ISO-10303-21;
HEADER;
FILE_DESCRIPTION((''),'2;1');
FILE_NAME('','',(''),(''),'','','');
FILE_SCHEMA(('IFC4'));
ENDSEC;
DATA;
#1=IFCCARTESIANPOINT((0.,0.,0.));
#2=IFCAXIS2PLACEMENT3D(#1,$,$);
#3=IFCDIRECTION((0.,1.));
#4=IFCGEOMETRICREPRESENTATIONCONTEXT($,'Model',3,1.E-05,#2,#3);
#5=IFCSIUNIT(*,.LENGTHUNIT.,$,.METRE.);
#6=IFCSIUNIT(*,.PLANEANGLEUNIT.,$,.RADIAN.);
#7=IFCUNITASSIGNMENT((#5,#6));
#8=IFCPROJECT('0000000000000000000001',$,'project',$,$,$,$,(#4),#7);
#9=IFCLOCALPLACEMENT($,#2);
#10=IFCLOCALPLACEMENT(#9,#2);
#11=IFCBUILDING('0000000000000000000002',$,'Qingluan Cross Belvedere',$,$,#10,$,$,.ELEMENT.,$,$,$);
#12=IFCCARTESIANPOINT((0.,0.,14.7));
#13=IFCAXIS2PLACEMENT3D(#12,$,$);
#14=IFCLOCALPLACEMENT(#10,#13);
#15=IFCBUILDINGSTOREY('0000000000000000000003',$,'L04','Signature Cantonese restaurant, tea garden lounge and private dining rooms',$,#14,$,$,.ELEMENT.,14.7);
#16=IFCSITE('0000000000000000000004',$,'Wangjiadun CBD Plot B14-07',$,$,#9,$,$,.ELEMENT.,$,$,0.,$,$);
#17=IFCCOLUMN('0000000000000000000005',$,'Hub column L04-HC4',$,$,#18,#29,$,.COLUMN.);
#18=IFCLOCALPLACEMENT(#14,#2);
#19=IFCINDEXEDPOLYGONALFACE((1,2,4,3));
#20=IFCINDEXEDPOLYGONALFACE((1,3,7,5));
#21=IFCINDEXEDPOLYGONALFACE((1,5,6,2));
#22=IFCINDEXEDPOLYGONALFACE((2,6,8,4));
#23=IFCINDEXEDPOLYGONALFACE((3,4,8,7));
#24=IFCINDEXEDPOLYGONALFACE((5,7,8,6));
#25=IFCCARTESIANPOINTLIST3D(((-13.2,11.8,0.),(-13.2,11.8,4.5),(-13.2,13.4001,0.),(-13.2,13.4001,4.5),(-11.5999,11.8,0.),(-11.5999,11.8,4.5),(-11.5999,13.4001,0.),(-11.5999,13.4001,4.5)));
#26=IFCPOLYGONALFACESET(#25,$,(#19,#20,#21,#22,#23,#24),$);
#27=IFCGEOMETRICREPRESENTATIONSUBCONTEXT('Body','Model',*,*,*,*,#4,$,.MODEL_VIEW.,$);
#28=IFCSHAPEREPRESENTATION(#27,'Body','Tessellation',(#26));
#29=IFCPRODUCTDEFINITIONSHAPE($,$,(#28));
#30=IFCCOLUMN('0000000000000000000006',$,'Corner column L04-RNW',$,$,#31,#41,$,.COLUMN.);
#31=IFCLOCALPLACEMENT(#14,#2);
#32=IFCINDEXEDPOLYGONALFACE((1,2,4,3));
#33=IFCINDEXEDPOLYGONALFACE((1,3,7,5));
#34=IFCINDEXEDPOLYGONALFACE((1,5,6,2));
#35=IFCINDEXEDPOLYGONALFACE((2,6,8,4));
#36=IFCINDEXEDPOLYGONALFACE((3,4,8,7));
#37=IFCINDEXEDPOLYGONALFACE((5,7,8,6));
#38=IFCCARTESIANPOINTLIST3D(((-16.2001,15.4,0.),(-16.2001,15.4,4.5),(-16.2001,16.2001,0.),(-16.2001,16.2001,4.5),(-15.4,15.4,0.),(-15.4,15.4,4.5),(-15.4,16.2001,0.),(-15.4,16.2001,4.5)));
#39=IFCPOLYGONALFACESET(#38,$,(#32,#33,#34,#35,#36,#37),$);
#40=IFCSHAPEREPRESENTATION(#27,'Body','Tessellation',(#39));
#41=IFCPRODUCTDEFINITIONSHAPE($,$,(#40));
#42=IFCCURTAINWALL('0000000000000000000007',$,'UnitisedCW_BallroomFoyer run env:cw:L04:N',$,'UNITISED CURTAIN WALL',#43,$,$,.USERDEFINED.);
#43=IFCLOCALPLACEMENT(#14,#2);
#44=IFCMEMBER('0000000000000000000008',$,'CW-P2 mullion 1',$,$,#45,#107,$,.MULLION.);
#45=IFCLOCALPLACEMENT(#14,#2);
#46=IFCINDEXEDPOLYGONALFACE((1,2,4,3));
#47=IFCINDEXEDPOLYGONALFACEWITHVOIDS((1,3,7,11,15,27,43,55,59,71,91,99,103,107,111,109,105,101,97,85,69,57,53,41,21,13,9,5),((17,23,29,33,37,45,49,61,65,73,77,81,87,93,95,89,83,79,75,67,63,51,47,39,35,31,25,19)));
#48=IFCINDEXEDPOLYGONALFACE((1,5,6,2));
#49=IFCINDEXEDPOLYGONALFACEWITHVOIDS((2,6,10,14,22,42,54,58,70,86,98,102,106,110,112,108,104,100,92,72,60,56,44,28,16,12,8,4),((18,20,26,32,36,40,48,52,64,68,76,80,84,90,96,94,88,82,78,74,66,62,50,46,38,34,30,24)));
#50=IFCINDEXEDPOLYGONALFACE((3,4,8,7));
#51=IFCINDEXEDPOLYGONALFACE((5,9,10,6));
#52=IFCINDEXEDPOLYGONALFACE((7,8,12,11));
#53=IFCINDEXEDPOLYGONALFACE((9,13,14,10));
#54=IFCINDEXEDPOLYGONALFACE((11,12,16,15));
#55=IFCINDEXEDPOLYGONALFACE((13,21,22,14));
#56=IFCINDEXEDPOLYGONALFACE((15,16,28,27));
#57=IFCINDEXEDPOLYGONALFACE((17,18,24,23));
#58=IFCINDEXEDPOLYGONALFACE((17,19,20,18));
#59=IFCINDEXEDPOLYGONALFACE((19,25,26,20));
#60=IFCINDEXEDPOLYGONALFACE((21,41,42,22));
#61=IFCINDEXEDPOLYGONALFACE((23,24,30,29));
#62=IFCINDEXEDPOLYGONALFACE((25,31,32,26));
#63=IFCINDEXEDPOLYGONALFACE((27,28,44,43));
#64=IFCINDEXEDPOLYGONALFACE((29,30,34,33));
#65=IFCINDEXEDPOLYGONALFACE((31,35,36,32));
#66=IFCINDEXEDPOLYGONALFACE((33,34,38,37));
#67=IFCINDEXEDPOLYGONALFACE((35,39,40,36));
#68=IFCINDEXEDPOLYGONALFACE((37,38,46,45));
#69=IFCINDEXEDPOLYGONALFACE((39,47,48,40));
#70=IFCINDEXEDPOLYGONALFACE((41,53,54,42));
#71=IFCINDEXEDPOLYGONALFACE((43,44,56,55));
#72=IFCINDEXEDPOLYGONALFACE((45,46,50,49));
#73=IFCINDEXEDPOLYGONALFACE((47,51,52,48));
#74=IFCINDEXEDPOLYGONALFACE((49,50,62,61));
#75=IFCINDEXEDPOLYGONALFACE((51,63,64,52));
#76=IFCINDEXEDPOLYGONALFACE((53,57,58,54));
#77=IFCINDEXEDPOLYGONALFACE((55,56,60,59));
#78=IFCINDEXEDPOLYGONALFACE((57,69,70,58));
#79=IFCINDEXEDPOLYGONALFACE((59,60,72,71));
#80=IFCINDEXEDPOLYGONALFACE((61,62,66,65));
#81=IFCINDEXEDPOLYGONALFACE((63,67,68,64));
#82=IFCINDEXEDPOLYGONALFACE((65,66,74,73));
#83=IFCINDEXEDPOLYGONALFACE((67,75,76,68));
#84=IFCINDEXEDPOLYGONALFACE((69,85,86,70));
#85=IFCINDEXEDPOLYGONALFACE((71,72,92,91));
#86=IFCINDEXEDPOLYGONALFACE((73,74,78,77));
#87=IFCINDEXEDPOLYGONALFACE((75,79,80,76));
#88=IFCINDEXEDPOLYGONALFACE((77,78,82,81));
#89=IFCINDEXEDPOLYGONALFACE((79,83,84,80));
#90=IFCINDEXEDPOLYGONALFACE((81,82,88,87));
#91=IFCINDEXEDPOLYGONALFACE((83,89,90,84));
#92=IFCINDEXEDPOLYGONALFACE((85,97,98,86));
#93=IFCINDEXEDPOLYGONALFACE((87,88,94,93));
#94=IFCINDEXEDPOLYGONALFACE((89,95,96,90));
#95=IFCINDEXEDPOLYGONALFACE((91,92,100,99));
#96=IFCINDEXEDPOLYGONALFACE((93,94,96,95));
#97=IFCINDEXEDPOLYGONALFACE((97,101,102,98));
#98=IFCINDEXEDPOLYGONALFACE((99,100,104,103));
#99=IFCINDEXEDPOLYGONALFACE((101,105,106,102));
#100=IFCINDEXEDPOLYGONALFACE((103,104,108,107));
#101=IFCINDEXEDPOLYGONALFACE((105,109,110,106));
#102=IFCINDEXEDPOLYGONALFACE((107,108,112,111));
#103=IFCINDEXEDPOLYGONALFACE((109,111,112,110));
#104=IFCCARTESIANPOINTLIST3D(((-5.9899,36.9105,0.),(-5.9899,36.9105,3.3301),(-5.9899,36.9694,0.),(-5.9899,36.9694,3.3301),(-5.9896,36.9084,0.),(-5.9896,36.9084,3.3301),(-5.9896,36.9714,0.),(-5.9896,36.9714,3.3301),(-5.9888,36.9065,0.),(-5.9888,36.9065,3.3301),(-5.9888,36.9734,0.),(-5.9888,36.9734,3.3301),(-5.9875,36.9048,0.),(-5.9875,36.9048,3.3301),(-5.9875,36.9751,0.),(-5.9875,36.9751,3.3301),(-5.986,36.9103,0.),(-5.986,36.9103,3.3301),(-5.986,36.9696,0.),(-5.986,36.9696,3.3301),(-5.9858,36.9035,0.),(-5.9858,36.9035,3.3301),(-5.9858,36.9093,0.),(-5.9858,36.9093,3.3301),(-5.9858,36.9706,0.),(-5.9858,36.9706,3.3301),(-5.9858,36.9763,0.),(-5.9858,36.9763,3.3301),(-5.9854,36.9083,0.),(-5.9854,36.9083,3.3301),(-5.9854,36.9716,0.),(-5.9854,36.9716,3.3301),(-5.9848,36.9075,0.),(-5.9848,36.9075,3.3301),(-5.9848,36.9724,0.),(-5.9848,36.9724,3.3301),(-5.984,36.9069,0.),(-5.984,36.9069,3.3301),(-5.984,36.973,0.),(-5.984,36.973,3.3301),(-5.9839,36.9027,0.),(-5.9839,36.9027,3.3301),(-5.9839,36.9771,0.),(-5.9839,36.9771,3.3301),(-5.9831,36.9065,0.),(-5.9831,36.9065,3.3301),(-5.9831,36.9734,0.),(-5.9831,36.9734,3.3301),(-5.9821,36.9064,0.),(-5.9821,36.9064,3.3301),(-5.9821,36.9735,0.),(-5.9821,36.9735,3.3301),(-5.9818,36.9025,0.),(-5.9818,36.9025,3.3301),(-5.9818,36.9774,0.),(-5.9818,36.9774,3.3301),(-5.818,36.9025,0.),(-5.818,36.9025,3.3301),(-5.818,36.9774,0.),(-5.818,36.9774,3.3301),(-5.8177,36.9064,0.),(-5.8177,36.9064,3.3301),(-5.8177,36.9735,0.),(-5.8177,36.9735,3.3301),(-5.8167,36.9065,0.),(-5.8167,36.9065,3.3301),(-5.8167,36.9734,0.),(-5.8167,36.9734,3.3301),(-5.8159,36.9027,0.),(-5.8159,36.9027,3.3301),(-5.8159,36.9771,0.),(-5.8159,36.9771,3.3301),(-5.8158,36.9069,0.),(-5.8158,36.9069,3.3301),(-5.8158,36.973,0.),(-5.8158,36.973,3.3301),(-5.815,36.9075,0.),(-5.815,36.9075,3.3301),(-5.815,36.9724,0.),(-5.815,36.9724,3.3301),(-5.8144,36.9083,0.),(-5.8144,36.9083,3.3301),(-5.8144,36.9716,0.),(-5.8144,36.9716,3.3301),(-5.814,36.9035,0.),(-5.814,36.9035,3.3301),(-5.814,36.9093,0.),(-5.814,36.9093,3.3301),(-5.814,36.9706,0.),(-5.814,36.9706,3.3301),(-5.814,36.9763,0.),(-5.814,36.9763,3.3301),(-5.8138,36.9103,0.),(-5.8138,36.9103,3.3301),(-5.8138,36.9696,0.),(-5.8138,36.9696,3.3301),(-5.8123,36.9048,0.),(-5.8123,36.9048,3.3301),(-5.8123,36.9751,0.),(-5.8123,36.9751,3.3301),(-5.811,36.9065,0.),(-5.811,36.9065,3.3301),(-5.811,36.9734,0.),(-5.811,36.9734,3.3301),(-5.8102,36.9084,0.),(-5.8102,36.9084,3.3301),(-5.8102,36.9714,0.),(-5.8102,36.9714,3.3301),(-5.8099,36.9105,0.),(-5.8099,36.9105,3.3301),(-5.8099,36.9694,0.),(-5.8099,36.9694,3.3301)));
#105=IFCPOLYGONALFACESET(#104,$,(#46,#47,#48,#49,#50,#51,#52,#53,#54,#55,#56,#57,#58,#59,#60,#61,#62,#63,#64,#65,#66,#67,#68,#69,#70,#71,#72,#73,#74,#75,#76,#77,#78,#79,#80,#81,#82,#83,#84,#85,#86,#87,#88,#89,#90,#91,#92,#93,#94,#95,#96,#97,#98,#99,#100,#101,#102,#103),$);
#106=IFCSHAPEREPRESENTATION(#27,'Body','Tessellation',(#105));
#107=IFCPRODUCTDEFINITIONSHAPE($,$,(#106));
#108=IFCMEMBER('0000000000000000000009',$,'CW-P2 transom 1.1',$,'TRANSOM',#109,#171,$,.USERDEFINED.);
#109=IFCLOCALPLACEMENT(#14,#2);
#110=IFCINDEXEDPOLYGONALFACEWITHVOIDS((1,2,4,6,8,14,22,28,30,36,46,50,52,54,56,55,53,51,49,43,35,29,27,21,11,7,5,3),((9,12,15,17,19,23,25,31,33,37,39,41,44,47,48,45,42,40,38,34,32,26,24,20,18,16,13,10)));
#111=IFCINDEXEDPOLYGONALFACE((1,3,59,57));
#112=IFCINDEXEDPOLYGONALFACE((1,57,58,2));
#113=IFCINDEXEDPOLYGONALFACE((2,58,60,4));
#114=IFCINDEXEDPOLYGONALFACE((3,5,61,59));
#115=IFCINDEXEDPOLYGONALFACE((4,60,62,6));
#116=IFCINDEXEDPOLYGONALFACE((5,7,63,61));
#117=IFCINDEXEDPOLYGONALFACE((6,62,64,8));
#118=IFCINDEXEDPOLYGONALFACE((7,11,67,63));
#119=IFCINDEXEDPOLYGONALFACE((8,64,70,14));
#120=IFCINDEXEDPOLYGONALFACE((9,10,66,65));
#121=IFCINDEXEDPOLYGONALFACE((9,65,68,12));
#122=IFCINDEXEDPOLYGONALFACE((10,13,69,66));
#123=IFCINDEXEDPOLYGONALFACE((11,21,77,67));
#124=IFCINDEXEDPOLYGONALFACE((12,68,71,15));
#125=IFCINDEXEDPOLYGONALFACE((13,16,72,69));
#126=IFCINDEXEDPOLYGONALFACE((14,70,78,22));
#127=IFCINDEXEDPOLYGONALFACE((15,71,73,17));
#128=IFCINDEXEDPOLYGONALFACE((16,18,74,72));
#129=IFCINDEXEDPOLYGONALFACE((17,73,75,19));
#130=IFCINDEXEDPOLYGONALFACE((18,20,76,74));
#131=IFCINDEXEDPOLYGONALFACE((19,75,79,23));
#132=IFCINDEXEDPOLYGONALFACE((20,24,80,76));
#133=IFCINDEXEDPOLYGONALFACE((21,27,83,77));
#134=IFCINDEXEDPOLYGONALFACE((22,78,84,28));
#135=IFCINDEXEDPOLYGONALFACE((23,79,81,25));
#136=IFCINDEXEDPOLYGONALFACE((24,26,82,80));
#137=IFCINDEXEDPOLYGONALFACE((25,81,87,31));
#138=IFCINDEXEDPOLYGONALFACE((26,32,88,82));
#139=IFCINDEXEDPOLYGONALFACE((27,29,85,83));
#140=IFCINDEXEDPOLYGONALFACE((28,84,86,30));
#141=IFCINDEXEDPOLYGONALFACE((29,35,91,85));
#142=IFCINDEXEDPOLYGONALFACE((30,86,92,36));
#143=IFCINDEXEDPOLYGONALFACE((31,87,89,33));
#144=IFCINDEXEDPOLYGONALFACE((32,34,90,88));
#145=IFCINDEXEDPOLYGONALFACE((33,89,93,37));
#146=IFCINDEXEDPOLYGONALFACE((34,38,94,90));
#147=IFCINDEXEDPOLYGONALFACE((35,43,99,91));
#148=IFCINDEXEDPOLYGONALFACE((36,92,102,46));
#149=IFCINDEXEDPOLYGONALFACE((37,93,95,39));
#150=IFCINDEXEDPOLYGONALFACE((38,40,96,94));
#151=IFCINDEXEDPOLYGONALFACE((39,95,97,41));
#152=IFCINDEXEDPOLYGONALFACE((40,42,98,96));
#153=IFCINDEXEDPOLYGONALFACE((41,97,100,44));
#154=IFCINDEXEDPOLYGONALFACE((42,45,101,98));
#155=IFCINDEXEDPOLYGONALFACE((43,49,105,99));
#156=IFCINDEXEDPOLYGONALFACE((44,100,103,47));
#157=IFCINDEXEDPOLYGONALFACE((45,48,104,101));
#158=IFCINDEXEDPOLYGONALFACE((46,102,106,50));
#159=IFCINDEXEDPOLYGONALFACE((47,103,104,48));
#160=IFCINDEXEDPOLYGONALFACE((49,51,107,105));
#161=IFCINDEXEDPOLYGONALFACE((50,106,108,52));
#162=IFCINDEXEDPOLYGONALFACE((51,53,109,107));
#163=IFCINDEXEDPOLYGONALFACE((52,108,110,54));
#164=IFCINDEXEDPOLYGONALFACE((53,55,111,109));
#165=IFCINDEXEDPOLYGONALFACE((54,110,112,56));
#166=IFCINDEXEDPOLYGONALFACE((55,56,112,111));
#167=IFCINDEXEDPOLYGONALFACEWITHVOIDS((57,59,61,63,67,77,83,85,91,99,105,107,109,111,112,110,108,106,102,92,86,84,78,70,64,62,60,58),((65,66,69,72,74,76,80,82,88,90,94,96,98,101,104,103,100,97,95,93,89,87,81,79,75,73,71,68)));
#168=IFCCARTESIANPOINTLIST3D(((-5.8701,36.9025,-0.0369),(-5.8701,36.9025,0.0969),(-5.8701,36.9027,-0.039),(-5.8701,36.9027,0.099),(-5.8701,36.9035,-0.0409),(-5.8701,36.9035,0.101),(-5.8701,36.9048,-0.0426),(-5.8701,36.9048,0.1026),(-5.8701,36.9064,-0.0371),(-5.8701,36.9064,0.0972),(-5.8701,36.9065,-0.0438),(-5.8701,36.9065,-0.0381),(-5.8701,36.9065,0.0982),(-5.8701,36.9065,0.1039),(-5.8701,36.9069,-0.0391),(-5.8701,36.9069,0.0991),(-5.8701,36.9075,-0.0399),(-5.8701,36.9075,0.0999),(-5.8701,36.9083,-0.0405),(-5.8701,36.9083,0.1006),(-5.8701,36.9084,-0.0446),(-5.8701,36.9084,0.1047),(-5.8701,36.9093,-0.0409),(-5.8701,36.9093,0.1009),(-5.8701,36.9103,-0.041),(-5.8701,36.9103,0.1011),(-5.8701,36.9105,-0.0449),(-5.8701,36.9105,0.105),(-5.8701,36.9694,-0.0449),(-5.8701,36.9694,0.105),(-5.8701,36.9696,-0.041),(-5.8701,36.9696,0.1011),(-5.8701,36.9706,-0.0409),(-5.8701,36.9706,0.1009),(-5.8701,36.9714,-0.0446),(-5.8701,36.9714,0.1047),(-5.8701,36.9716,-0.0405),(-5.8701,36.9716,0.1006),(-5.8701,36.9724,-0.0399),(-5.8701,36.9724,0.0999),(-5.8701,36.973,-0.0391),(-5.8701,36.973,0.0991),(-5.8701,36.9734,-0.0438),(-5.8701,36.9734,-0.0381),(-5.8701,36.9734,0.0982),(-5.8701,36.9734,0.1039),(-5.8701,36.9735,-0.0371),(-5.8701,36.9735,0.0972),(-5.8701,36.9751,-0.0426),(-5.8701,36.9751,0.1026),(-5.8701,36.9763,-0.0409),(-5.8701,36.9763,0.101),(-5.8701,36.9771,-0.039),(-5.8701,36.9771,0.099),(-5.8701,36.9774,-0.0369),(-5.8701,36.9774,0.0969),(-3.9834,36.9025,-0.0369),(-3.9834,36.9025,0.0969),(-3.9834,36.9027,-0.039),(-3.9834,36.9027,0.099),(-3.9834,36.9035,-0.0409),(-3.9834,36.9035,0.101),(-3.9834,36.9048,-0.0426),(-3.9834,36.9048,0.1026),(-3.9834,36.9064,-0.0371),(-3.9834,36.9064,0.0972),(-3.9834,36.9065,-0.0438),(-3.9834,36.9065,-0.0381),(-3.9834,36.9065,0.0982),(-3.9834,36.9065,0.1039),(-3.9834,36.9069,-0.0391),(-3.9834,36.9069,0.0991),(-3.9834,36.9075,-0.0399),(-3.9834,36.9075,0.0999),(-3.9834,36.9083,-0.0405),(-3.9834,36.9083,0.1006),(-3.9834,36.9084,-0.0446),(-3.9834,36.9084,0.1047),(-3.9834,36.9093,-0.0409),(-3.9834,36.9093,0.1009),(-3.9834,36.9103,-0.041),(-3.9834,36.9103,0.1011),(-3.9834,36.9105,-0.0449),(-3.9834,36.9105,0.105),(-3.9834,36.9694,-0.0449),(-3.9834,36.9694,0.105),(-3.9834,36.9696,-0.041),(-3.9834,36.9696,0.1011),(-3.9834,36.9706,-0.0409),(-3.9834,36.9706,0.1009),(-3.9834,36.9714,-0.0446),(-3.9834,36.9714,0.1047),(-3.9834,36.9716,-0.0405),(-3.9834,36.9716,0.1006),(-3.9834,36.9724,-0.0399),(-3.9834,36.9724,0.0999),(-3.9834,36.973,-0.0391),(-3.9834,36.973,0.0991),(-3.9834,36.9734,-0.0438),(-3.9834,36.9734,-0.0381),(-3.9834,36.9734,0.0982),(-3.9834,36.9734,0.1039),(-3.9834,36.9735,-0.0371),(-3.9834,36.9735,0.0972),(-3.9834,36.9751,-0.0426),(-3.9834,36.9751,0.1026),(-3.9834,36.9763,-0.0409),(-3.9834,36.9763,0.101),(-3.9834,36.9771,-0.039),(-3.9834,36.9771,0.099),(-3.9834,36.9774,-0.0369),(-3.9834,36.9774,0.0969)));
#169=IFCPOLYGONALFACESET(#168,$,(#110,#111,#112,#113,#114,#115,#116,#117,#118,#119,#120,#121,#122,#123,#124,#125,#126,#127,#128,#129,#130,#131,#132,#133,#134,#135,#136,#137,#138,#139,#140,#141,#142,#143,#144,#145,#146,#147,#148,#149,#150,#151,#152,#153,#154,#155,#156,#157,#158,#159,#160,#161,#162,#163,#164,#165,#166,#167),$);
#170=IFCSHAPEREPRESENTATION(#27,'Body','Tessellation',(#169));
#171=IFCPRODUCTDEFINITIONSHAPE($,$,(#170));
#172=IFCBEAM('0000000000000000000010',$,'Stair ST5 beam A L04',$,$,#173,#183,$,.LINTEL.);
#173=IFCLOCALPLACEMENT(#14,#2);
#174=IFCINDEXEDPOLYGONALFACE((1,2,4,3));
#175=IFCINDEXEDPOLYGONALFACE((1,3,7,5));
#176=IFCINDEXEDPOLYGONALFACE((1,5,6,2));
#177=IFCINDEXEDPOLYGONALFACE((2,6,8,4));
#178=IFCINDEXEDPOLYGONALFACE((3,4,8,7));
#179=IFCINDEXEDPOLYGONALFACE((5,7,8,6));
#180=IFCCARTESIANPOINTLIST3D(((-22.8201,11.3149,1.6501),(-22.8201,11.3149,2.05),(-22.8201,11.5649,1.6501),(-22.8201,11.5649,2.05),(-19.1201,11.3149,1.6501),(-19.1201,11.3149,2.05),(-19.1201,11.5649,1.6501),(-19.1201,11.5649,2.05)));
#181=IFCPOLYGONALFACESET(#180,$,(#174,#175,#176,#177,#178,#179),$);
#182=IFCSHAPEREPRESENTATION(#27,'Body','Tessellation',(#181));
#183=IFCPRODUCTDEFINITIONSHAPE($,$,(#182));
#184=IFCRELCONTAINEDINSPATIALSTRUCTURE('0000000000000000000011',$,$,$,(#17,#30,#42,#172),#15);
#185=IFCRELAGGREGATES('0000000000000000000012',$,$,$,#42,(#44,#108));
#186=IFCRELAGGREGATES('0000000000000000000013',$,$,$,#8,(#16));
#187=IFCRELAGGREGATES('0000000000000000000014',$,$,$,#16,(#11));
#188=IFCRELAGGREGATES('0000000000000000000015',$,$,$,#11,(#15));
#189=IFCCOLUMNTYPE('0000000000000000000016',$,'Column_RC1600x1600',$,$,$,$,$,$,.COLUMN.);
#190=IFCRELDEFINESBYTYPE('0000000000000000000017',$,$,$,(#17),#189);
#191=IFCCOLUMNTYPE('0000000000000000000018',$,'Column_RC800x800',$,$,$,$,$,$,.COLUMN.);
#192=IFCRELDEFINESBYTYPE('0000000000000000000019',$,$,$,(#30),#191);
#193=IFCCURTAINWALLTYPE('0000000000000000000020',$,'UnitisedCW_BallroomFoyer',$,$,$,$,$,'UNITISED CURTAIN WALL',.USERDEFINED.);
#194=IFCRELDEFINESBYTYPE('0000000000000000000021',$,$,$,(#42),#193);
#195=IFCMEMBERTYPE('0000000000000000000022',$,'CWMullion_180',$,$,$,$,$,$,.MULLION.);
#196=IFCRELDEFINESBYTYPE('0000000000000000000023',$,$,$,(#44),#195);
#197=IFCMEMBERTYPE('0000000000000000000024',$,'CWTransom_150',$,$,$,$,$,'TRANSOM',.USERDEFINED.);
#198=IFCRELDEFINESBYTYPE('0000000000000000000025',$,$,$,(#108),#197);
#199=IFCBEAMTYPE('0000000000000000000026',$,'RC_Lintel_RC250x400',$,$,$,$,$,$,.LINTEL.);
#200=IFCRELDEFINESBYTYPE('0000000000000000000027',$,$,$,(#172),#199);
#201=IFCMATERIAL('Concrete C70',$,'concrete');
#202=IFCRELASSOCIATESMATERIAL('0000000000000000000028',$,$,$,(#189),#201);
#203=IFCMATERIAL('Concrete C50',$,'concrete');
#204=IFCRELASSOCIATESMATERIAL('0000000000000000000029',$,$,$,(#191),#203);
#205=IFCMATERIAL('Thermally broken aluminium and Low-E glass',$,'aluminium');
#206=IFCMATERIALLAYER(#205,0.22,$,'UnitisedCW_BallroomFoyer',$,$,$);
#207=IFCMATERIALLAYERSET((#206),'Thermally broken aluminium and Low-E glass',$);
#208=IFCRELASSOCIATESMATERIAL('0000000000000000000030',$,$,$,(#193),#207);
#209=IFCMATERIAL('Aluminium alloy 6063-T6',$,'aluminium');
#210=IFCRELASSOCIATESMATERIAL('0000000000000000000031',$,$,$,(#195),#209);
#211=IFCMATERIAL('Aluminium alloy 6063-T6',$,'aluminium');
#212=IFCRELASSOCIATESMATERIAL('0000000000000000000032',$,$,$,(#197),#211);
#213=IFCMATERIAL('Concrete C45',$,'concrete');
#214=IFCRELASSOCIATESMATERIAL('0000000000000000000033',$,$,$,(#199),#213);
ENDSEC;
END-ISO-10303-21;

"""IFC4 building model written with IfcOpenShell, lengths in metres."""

from ifc_helpers import new_model, si_unit, direction, frame, origin, origin_2d, place, context, subcontext, project, spatial, rectangle, hollow_rectangle, extrude, material, layer, layer_set, material_profile, profile_set, type_object, element, aggregate, save


model = new_model("IFC4")

# Units and contexts
model_context = context("Model", 3, precision=1e-05, world=origin(), true_north=direction((0.0, 1.0)))
body_context = subcontext(model_context, "Body", "Model", "MODEL_VIEW")
ifc_project = project(units=[si_unit("LENGTHUNIT", "METRE"), si_unit("PLANEANGLEUNIT", "RADIAN")], contexts=[model_context])

# Site, building, storey
site_placement = place(None, origin())
site = spatial("IfcSite", under=ifc_project, at=site_placement, Name="Wangjiadun CBD Plot B14-07", CompositionType="ELEMENT", RefElevation=0.0)
building_placement = place(site_placement, origin())
building = spatial("IfcBuilding", under=site, at=building_placement, Name="Qingluan Cross Belvedere", CompositionType="ELEMENT")
storey_placement = place(building_placement, frame((0.0, 0.0, 14.7)))
storey = spatial("IfcBuildingStorey", under=building, at=storey_placement, Name="L04", Description="Signature Cantonese restaurant, tea garden lounge and private dining rooms", CompositionType="ELEMENT", Elevation=14.7)

# Columns
ifc_material_1 = material(Name="Concrete C70", Category="concrete")
ifc_material_profile_1 = material_profile(ifc_material_1, rectangle(XDim=1.6001, YDim=1.6001, at=origin_2d()), Name="RC1600x1600")
ifc_profile_set_1 = profile_set([ifc_material_profile_1], Name="Concrete C70")
column_type_1 = type_object("IfcColumnType", Name="Column_RC1600x1600", PredefinedType="COLUMN", material=ifc_profile_set_1)
column_1_placement = place(storey_placement, frame((-12.3999, 12.6001, 0.0), z_axis=(0.0, 0.0, 1.0), x_axis=(1.0, 0.0, 0.0)))
element("IfcColumn", 1, at=column_1_placement, inside=storey, type_object=column_type_1, Name="Hub column L04-HC4", PredefinedType="COLUMN", context=body_context, shape_type="SweptSolid", body=[
    extrude(rectangle(XDim=1.6001, YDim=1.6001, at=origin_2d()), origin(), (0.0, 0.0, 1.0), 4.5),
])
ifc_material_2 = material(Name="Concrete C50", Category="concrete")
ifc_material_profile_2 = material_profile(ifc_material_2, rectangle(XDim=0.8, YDim=0.8, at=origin_2d()), Name="RC800x800")
ifc_profile_set_2 = profile_set([ifc_material_profile_2], Name="Concrete C50")
column_type_2 = type_object("IfcColumnType", Name="Column_RC800x800", PredefinedType="COLUMN", material=ifc_profile_set_2)
column_2_placement = place(storey_placement, frame((-15.8, 15.8, 0.0), z_axis=(0.0, 0.0, 1.0), x_axis=(1.0, 0.0, 0.0)))
element("IfcColumn", 2, at=column_2_placement, inside=storey, type_object=column_type_2, Name="Corner column L04-RNW", PredefinedType="COLUMN", context=body_context, shape_type="SweptSolid", body=[
    extrude(rectangle(XDim=0.8, YDim=0.8, at=origin_2d()), origin(), (0.0, 0.0, 1.0), 4.5),
])

# Curtain wall, members
ifc_material_3 = material(Name="Thermally broken aluminium and Low-E glass", Category="aluminium")
ifc_layer_1 = layer(ifc_material_3, 0.22, Name="UnitisedCW_BallroomFoyer")
ifc_layer_set_1 = layer_set([ifc_layer_1], Name="Thermally broken aluminium and Low-E glass")
curtain_wall_type = type_object("IfcCurtainWallType", Name="UnitisedCW_BallroomFoyer", ElementType="UNITISED CURTAIN WALL", PredefinedType="USERDEFINED", material=ifc_layer_set_1)
curtain_wall_placement = place(storey_placement, origin())
curtain_wall = element("IfcCurtainWall", 3, at=curtain_wall_placement, inside=storey, type_object=curtain_wall_type, Name="UnitisedCW_BallroomFoyer run env:cw:L04:N", ObjectType="UNITISED CURTAIN WALL", PredefinedType="USERDEFINED")
ifc_material_4 = material(Name="Aluminium alloy 6063-T6", Category="aluminium")
ifc_material_profile_3 = material_profile(ifc_material_4, hollow_rectangle(XDim=0.075, YDim=0.1799, WallThickness=0.0039, InnerFilletRadius=0.0039, OuterFilletRadius=0.0081, at=origin_2d()), Name="CWM180x75x4")
ifc_profile_set_3 = profile_set([ifc_material_profile_3], Name="Aluminium alloy 6063-T6")
member_type_1 = type_object("IfcMemberType", Name="CWMullion_180", PredefinedType="MULLION", material=ifc_profile_set_3)
member_1_placement = place(storey_placement, frame((-5.8999, 36.9399, 0.0), z_axis=(0.0, 0.0, 1.0), x_axis=(0.0, 1.0, 0.0)))
member_1 = element("IfcMember", 4, at=member_1_placement, type_object=member_type_1, Name="CW-P2 mullion 1", PredefinedType="MULLION", context=body_context, shape_type="SweptSolid", body=[
    extrude(hollow_rectangle(XDim=0.075, YDim=0.1799, WallThickness=0.0039, InnerFilletRadius=0.0039, OuterFilletRadius=0.0081, at=origin_2d()), origin(), (0.0, 0.0, 1.0), 3.3301),
])
ifc_material_5 = material(Name="Aluminium alloy 6063-T6", Category="aluminium")
ifc_material_profile_4 = material_profile(ifc_material_5, hollow_rectangle(XDim=0.075, YDim=0.1499, WallThickness=0.0039, InnerFilletRadius=0.0039, OuterFilletRadius=0.0081, at=origin_2d()), Name="CWT150x75x4")
ifc_profile_set_4 = profile_set([ifc_material_profile_4], Name="Aluminium alloy 6063-T6")
member_type_2 = type_object("IfcMemberType", Name="CWTransom_150", ElementType="TRANSOM", PredefinedType="USERDEFINED", material=ifc_profile_set_4)
member_2_placement = place(storey_placement, frame((-5.8701, 36.9399, 0.03), z_axis=(1.0, 0.0, 0.0), x_axis=(0.0, 1.0, 0.0)))
member_2 = element("IfcMember", 5, at=member_2_placement, type_object=member_type_2, Name="CW-P2 transom 1.1", ObjectType="TRANSOM", PredefinedType="USERDEFINED", context=body_context, shape_type="SweptSolid", body=[
    extrude(hollow_rectangle(XDim=0.075, YDim=0.1499, WallThickness=0.0039, InnerFilletRadius=0.0039, OuterFilletRadius=0.0081, at=origin_2d()), origin(), (0.0, 0.0, 1.0), 1.8867),
])
aggregate(curtain_wall, [member_1, member_2])

# Beam
ifc_material_6 = material(Name="Concrete C45", Category="concrete")
ifc_material_profile_5 = material_profile(ifc_material_6, rectangle(XDim=0.25, YDim=0.3999, at=origin_2d()), Name="RC250x400")
ifc_profile_set_5 = profile_set([ifc_material_profile_5], Name="Concrete C45")
beam_type_1 = type_object("IfcBeamType", Name="RC_Lintel_RC250x400", PredefinedType="LINTEL", material=ifc_profile_set_5)
beam_1_placement = place(storey_placement, frame((-22.8201, 11.4399, 1.8501), z_axis=(1.0, 0.0, 0.0), x_axis=(0.0, 1.0, 0.0)))
element("IfcBeam", 6, at=beam_1_placement, inside=storey, type_object=beam_type_1, Name="Stair ST5 beam A L04", PredefinedType="LINTEL", context=body_context, shape_type="SweptSolid", body=[
    extrude(rectangle(XDim=0.25, YDim=0.3999, at=origin_2d()), origin(), (0.0, 0.0, 1.0), 3.7),
])

save(model, "model.ifc")
